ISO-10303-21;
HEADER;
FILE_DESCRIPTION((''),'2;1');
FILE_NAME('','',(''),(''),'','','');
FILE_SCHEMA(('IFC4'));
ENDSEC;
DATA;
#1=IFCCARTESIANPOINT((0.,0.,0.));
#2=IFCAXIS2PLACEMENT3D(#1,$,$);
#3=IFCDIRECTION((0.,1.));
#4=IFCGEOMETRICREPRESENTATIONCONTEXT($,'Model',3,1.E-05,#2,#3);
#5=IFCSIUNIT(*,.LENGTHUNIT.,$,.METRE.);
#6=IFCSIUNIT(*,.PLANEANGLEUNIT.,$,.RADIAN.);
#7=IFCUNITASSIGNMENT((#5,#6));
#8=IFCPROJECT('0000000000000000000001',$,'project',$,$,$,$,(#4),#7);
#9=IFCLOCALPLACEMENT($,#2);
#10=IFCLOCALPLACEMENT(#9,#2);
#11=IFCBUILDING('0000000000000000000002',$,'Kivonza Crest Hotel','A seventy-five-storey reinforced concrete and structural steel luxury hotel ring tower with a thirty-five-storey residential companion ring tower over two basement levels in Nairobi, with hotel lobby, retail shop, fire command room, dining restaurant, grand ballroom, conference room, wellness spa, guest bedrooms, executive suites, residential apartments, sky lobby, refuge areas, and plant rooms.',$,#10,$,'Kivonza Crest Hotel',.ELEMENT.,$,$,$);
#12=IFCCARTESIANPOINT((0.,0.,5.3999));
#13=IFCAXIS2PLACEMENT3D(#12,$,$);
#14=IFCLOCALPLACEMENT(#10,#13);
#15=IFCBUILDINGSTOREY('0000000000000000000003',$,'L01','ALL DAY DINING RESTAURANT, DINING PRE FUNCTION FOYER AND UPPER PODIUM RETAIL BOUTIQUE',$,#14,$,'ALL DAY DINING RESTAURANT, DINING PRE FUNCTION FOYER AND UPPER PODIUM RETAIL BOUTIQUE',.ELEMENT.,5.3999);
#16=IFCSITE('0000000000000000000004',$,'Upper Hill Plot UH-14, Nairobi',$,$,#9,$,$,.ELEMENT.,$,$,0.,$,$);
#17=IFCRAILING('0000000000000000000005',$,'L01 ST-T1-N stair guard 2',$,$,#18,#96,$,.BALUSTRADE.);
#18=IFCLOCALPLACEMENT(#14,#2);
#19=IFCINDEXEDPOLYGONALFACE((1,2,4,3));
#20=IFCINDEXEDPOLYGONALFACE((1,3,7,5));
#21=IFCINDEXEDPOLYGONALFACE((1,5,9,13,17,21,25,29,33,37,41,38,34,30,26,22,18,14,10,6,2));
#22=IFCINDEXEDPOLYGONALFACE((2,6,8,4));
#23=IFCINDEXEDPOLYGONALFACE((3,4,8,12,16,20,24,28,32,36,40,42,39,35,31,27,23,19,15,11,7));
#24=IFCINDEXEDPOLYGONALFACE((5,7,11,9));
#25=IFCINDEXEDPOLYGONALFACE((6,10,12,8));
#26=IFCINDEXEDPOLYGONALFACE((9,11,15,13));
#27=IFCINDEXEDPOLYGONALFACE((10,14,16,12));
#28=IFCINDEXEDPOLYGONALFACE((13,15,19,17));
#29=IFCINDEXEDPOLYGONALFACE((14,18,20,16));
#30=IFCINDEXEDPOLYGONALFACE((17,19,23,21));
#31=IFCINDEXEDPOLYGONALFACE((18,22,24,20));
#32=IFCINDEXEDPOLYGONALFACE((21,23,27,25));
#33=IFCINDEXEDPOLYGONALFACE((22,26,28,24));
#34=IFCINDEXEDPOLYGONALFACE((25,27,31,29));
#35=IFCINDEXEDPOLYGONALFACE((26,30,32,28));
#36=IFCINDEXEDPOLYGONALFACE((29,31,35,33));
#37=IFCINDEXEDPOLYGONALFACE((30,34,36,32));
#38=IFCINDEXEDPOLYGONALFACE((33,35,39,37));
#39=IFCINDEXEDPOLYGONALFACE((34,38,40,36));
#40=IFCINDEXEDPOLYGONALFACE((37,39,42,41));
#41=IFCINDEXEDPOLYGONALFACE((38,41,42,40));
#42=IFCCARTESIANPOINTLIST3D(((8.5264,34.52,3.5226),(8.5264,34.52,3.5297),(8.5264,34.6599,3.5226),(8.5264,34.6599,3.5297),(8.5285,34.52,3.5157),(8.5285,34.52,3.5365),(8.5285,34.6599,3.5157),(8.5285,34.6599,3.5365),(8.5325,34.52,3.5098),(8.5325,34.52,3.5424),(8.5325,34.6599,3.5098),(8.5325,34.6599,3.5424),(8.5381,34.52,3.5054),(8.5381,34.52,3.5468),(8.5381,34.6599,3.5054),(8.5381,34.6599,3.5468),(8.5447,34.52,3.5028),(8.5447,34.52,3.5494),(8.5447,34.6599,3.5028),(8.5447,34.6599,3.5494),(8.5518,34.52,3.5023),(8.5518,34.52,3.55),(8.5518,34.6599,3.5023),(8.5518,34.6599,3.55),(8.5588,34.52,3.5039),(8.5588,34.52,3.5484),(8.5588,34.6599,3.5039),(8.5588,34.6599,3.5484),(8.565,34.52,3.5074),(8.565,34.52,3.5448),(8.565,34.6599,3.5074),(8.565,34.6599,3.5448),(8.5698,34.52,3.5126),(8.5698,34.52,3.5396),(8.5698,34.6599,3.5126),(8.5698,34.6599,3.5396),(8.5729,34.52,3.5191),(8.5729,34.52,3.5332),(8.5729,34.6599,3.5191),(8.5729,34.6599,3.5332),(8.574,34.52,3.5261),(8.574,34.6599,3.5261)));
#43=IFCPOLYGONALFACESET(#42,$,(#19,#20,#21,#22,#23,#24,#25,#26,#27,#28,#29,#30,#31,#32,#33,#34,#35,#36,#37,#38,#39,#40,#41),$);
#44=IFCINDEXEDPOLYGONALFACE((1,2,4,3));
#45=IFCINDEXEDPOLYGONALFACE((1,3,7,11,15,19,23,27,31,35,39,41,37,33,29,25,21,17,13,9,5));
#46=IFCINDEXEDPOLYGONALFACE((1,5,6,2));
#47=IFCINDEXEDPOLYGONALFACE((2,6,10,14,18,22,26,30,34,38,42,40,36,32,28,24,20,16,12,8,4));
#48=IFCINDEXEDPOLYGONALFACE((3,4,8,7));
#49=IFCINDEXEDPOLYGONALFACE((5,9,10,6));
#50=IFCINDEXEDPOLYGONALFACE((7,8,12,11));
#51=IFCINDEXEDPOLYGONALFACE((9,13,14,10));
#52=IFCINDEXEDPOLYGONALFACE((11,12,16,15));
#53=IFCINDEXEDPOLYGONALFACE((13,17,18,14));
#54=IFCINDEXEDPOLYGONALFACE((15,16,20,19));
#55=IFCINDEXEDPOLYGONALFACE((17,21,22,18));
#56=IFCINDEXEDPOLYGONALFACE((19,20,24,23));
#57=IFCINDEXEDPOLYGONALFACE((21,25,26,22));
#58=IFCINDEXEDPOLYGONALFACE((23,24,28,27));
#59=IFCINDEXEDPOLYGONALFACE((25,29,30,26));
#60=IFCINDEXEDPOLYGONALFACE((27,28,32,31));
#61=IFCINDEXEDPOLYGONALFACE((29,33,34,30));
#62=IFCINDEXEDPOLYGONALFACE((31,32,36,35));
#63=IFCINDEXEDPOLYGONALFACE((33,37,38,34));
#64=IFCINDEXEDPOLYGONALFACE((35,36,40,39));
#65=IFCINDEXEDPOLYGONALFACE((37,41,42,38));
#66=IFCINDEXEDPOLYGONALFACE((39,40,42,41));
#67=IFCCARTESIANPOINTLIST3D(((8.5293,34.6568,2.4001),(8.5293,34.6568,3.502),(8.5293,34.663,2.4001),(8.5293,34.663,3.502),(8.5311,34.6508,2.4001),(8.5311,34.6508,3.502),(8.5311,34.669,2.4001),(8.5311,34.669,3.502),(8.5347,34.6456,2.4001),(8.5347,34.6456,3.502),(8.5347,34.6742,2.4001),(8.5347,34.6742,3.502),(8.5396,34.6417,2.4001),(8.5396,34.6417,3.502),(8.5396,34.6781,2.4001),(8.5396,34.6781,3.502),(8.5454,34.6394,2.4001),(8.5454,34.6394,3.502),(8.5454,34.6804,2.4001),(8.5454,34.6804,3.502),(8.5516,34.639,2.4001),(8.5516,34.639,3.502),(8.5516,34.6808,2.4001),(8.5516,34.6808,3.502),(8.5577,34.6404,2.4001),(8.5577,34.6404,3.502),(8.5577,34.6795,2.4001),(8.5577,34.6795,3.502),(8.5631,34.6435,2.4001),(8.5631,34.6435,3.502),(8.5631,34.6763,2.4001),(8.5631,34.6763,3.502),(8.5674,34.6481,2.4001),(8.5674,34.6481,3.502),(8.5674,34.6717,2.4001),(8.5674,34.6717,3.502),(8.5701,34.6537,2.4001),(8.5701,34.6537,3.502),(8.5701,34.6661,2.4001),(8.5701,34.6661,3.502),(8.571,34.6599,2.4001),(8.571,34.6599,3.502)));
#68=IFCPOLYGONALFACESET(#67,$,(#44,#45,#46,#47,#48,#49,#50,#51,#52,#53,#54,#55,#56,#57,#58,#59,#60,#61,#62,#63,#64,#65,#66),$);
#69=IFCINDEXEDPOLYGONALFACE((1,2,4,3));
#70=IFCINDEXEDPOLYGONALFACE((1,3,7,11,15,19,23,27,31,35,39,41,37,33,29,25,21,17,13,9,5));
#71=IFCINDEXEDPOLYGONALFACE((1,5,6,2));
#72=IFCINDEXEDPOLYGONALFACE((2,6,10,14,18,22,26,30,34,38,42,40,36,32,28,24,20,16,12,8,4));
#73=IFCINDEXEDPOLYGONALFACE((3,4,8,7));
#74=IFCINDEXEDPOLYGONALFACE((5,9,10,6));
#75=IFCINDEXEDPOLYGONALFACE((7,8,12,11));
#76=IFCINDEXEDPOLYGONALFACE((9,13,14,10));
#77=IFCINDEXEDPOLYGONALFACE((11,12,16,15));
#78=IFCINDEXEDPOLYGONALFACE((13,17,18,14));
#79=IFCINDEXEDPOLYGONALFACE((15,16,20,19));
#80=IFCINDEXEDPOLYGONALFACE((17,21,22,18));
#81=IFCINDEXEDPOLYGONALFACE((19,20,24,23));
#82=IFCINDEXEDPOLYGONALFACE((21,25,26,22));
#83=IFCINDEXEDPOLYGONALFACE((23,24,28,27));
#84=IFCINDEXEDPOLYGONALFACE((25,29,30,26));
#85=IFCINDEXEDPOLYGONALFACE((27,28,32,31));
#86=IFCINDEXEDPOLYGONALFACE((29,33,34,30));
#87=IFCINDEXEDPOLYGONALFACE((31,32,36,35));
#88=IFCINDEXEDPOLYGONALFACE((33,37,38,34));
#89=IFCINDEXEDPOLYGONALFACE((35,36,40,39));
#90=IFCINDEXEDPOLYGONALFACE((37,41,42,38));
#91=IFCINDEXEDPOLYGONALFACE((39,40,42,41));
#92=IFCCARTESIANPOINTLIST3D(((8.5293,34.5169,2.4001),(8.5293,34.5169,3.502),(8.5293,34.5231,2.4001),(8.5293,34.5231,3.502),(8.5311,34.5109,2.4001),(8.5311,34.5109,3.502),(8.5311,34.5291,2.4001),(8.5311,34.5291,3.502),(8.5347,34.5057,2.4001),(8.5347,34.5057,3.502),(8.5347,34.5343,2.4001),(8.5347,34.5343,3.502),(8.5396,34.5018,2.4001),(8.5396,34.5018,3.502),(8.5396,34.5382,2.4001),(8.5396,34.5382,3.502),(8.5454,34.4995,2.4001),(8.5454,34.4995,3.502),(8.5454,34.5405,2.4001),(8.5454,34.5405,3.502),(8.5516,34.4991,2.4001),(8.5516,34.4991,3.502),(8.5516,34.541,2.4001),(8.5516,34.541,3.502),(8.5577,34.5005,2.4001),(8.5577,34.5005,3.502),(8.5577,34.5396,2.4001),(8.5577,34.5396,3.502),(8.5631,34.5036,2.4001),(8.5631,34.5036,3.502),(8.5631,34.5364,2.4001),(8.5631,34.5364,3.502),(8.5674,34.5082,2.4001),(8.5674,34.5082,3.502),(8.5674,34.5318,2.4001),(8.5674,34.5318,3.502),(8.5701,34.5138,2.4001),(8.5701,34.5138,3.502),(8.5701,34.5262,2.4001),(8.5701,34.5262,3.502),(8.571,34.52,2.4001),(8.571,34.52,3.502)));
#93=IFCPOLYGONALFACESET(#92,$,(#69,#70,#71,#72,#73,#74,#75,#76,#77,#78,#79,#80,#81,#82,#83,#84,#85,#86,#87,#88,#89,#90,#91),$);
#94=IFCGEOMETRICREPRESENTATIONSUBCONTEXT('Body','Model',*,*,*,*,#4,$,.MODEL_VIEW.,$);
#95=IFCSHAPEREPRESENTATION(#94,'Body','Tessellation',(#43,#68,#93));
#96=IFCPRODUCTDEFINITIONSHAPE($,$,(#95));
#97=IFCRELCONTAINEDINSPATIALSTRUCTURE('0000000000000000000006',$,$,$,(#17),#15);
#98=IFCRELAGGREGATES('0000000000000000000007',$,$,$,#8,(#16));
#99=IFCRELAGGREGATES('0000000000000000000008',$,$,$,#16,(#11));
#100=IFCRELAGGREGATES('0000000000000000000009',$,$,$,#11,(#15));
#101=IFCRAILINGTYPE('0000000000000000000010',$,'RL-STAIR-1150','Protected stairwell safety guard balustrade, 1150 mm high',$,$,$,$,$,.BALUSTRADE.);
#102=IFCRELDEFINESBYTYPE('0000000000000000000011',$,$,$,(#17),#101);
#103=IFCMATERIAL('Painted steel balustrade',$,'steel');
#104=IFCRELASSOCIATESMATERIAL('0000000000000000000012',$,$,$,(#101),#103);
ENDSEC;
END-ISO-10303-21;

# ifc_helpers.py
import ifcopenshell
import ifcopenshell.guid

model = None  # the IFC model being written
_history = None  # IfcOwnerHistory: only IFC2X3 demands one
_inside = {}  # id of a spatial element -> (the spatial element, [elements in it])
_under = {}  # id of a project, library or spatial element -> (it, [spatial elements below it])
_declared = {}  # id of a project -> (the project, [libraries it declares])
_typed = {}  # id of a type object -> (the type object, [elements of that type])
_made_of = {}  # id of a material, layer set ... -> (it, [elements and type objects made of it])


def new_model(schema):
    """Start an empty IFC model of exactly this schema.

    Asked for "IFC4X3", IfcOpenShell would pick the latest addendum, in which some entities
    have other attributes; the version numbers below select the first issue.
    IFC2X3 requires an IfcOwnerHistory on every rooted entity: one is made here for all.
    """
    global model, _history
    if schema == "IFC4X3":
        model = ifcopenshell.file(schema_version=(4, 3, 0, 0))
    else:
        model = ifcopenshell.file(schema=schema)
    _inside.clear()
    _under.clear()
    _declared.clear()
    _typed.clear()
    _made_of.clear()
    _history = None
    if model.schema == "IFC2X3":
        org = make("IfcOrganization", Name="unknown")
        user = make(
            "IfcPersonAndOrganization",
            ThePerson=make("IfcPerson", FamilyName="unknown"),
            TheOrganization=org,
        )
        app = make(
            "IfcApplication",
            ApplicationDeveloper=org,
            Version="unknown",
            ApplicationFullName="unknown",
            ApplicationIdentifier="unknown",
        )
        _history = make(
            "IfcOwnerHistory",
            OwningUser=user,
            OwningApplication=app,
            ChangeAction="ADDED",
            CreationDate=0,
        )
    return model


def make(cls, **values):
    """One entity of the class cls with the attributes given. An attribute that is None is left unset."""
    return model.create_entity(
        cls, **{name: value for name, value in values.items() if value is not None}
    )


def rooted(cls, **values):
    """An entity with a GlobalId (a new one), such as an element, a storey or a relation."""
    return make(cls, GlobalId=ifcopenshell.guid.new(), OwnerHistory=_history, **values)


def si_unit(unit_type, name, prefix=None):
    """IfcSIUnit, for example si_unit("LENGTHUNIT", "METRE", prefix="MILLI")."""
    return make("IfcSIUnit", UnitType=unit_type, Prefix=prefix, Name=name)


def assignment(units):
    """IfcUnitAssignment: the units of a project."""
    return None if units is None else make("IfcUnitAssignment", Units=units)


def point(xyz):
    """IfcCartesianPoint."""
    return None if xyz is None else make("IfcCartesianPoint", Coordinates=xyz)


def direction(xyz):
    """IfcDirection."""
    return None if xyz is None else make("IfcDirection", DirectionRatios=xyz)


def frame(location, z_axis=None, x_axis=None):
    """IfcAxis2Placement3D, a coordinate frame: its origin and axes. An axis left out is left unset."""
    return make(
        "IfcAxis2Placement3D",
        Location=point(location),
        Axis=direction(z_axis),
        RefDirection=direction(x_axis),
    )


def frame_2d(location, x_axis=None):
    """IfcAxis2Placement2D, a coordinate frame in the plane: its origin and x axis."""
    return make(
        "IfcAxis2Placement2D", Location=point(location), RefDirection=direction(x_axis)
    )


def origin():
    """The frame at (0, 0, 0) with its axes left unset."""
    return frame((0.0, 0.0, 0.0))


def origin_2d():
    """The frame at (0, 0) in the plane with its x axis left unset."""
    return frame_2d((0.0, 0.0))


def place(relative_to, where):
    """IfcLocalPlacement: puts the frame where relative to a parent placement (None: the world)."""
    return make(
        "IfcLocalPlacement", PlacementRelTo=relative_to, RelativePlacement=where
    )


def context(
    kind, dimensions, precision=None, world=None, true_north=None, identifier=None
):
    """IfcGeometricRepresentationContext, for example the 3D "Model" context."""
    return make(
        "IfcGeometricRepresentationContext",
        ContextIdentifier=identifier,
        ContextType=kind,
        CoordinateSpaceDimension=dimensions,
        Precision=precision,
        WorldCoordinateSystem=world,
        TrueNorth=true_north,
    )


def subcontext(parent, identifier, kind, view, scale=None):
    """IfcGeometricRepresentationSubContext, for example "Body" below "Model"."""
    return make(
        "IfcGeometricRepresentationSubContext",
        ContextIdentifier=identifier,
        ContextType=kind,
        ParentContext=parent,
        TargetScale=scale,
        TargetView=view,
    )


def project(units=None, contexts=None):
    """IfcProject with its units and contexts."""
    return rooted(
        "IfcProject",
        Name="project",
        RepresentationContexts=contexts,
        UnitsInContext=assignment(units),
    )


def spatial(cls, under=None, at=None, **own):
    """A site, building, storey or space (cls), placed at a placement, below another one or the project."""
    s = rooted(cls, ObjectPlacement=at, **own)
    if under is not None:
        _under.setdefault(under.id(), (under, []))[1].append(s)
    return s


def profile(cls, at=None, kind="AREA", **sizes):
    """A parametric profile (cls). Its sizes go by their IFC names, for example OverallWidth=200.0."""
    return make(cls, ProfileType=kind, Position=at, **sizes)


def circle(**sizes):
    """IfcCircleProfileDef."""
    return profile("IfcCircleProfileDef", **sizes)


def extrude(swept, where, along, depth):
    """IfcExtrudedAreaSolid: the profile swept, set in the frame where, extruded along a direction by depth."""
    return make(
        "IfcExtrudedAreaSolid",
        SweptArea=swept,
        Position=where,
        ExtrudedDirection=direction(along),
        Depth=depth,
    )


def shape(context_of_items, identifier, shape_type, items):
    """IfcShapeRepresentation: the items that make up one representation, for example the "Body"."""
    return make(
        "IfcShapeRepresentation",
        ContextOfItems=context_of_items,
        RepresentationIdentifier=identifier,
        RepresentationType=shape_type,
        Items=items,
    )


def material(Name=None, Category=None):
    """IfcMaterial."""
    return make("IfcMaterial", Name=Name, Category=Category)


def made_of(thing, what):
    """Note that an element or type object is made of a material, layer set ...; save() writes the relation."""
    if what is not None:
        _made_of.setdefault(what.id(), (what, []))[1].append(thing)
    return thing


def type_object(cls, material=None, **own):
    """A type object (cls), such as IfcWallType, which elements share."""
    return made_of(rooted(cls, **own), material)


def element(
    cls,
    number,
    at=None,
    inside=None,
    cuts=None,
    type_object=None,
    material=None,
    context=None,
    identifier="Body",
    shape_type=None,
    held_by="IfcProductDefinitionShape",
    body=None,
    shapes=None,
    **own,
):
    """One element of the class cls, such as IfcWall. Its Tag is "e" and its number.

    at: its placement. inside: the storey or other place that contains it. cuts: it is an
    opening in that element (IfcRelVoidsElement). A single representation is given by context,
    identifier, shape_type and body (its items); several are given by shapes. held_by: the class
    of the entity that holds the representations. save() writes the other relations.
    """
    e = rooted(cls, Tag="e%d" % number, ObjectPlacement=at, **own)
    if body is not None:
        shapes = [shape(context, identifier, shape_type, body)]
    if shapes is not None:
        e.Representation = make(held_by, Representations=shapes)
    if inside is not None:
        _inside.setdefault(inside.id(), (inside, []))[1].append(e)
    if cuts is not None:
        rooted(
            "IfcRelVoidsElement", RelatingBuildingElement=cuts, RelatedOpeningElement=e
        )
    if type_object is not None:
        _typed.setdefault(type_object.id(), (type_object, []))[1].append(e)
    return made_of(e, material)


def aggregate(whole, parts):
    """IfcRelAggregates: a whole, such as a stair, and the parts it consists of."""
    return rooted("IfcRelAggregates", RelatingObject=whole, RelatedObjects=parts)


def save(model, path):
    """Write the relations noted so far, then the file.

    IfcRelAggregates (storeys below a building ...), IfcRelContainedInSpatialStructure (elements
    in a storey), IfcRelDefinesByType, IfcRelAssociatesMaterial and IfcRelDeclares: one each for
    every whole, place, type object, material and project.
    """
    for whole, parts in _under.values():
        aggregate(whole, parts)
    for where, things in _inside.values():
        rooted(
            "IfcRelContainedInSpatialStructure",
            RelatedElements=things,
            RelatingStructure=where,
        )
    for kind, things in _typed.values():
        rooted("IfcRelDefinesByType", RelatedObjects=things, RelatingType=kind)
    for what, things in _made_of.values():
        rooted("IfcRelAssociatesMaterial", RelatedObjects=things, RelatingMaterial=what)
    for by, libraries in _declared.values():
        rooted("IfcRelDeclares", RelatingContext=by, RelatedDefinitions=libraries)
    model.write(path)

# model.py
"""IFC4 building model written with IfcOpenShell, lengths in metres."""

from ifc_helpers import new_model, si_unit, direction, frame, origin, origin_2d, place, context, subcontext, project, spatial, circle, extrude, material, type_object, element, save


model = new_model("IFC4")

# Units and contexts
model_context = context("Model", 3, precision=1e-05, world=origin(), true_north=direction((0.0, 1.0)))
body_context = subcontext(model_context, "Body", "Model", "MODEL_VIEW")
ifc_project = project(units=[si_unit("LENGTHUNIT", "METRE"), si_unit("PLANEANGLEUNIT", "RADIAN")], contexts=[model_context])

# Site, building, storey
site_placement = place(None, origin())
site = spatial("IfcSite", under=ifc_project, at=site_placement, Name="Upper Hill Plot UH-14, Nairobi", CompositionType="ELEMENT", RefElevation=0.0)
building_placement = place(site_placement, origin())
building = spatial("IfcBuilding", under=site, at=building_placement, Name="Kivonza Crest Hotel", Description="A seventy-five-storey reinforced concrete and structural steel luxury hotel ring tower with a thirty-five-storey residential companion ring tower over two basement levels in Nairobi, with hotel lobby, retail shop, fire command room, dining restaurant, grand ballroom, conference room, wellness spa, guest bedrooms, executive suites, residential apartments, sky lobby, refuge areas, and plant rooms.", LongName="Kivonza Crest Hotel", CompositionType="ELEMENT")
storey_placement = place(building_placement, frame((0.0, 0.0, 5.3999)))
storey = spatial("IfcBuildingStorey", under=building, at=storey_placement, Name="L01", Description="ALL DAY DINING RESTAURANT, DINING PRE FUNCTION FOYER AND UPPER PODIUM RETAIL BOUTIQUE", LongName="ALL DAY DINING RESTAURANT, DINING PRE FUNCTION FOYER AND UPPER PODIUM RETAIL BOUTIQUE", CompositionType="ELEMENT", Elevation=5.3999)

# Railing
ifc_material_1 = material(Name="Painted steel balustrade", Category="steel")
railing_type_1 = type_object("IfcRailingType", Name="RL-STAIR-1150", Description="Protected stairwell safety guard balustrade, 1150 mm high", PredefinedType="BALUSTRADE", material=ifc_material_1)
railing_1_placement = place(storey_placement, frame((8.55, 34.6599, 2.4001)))
element("IfcRailing", 1, at=railing_1_placement, inside=storey, type_object=railing_type_1, Name="L01 ST-T1-N stair guard 2", PredefinedType="BALUSTRADE", context=body_context, shape_type="SweptSolid", body=[
    extrude(circle(Radius=0.0239, at=origin_2d()), frame((0.0, 0.0, 1.126), z_axis=(0.0, -1.0, 0.0), x_axis=(1.0, 0.0, 0.0)), (0.0, 0.0, 1.0), 0.1399),
    extrude(circle(Radius=0.021, at=origin_2d()), origin(), (0.0, 0.0, 1.0), 1.1018),
    extrude(circle(Radius=0.021, at=origin_2d()), frame((0.0, -0.1399, 0.0)), (0.0, 0.0, 1.0), 1.1018),
])

save(model, "model.ifc")
